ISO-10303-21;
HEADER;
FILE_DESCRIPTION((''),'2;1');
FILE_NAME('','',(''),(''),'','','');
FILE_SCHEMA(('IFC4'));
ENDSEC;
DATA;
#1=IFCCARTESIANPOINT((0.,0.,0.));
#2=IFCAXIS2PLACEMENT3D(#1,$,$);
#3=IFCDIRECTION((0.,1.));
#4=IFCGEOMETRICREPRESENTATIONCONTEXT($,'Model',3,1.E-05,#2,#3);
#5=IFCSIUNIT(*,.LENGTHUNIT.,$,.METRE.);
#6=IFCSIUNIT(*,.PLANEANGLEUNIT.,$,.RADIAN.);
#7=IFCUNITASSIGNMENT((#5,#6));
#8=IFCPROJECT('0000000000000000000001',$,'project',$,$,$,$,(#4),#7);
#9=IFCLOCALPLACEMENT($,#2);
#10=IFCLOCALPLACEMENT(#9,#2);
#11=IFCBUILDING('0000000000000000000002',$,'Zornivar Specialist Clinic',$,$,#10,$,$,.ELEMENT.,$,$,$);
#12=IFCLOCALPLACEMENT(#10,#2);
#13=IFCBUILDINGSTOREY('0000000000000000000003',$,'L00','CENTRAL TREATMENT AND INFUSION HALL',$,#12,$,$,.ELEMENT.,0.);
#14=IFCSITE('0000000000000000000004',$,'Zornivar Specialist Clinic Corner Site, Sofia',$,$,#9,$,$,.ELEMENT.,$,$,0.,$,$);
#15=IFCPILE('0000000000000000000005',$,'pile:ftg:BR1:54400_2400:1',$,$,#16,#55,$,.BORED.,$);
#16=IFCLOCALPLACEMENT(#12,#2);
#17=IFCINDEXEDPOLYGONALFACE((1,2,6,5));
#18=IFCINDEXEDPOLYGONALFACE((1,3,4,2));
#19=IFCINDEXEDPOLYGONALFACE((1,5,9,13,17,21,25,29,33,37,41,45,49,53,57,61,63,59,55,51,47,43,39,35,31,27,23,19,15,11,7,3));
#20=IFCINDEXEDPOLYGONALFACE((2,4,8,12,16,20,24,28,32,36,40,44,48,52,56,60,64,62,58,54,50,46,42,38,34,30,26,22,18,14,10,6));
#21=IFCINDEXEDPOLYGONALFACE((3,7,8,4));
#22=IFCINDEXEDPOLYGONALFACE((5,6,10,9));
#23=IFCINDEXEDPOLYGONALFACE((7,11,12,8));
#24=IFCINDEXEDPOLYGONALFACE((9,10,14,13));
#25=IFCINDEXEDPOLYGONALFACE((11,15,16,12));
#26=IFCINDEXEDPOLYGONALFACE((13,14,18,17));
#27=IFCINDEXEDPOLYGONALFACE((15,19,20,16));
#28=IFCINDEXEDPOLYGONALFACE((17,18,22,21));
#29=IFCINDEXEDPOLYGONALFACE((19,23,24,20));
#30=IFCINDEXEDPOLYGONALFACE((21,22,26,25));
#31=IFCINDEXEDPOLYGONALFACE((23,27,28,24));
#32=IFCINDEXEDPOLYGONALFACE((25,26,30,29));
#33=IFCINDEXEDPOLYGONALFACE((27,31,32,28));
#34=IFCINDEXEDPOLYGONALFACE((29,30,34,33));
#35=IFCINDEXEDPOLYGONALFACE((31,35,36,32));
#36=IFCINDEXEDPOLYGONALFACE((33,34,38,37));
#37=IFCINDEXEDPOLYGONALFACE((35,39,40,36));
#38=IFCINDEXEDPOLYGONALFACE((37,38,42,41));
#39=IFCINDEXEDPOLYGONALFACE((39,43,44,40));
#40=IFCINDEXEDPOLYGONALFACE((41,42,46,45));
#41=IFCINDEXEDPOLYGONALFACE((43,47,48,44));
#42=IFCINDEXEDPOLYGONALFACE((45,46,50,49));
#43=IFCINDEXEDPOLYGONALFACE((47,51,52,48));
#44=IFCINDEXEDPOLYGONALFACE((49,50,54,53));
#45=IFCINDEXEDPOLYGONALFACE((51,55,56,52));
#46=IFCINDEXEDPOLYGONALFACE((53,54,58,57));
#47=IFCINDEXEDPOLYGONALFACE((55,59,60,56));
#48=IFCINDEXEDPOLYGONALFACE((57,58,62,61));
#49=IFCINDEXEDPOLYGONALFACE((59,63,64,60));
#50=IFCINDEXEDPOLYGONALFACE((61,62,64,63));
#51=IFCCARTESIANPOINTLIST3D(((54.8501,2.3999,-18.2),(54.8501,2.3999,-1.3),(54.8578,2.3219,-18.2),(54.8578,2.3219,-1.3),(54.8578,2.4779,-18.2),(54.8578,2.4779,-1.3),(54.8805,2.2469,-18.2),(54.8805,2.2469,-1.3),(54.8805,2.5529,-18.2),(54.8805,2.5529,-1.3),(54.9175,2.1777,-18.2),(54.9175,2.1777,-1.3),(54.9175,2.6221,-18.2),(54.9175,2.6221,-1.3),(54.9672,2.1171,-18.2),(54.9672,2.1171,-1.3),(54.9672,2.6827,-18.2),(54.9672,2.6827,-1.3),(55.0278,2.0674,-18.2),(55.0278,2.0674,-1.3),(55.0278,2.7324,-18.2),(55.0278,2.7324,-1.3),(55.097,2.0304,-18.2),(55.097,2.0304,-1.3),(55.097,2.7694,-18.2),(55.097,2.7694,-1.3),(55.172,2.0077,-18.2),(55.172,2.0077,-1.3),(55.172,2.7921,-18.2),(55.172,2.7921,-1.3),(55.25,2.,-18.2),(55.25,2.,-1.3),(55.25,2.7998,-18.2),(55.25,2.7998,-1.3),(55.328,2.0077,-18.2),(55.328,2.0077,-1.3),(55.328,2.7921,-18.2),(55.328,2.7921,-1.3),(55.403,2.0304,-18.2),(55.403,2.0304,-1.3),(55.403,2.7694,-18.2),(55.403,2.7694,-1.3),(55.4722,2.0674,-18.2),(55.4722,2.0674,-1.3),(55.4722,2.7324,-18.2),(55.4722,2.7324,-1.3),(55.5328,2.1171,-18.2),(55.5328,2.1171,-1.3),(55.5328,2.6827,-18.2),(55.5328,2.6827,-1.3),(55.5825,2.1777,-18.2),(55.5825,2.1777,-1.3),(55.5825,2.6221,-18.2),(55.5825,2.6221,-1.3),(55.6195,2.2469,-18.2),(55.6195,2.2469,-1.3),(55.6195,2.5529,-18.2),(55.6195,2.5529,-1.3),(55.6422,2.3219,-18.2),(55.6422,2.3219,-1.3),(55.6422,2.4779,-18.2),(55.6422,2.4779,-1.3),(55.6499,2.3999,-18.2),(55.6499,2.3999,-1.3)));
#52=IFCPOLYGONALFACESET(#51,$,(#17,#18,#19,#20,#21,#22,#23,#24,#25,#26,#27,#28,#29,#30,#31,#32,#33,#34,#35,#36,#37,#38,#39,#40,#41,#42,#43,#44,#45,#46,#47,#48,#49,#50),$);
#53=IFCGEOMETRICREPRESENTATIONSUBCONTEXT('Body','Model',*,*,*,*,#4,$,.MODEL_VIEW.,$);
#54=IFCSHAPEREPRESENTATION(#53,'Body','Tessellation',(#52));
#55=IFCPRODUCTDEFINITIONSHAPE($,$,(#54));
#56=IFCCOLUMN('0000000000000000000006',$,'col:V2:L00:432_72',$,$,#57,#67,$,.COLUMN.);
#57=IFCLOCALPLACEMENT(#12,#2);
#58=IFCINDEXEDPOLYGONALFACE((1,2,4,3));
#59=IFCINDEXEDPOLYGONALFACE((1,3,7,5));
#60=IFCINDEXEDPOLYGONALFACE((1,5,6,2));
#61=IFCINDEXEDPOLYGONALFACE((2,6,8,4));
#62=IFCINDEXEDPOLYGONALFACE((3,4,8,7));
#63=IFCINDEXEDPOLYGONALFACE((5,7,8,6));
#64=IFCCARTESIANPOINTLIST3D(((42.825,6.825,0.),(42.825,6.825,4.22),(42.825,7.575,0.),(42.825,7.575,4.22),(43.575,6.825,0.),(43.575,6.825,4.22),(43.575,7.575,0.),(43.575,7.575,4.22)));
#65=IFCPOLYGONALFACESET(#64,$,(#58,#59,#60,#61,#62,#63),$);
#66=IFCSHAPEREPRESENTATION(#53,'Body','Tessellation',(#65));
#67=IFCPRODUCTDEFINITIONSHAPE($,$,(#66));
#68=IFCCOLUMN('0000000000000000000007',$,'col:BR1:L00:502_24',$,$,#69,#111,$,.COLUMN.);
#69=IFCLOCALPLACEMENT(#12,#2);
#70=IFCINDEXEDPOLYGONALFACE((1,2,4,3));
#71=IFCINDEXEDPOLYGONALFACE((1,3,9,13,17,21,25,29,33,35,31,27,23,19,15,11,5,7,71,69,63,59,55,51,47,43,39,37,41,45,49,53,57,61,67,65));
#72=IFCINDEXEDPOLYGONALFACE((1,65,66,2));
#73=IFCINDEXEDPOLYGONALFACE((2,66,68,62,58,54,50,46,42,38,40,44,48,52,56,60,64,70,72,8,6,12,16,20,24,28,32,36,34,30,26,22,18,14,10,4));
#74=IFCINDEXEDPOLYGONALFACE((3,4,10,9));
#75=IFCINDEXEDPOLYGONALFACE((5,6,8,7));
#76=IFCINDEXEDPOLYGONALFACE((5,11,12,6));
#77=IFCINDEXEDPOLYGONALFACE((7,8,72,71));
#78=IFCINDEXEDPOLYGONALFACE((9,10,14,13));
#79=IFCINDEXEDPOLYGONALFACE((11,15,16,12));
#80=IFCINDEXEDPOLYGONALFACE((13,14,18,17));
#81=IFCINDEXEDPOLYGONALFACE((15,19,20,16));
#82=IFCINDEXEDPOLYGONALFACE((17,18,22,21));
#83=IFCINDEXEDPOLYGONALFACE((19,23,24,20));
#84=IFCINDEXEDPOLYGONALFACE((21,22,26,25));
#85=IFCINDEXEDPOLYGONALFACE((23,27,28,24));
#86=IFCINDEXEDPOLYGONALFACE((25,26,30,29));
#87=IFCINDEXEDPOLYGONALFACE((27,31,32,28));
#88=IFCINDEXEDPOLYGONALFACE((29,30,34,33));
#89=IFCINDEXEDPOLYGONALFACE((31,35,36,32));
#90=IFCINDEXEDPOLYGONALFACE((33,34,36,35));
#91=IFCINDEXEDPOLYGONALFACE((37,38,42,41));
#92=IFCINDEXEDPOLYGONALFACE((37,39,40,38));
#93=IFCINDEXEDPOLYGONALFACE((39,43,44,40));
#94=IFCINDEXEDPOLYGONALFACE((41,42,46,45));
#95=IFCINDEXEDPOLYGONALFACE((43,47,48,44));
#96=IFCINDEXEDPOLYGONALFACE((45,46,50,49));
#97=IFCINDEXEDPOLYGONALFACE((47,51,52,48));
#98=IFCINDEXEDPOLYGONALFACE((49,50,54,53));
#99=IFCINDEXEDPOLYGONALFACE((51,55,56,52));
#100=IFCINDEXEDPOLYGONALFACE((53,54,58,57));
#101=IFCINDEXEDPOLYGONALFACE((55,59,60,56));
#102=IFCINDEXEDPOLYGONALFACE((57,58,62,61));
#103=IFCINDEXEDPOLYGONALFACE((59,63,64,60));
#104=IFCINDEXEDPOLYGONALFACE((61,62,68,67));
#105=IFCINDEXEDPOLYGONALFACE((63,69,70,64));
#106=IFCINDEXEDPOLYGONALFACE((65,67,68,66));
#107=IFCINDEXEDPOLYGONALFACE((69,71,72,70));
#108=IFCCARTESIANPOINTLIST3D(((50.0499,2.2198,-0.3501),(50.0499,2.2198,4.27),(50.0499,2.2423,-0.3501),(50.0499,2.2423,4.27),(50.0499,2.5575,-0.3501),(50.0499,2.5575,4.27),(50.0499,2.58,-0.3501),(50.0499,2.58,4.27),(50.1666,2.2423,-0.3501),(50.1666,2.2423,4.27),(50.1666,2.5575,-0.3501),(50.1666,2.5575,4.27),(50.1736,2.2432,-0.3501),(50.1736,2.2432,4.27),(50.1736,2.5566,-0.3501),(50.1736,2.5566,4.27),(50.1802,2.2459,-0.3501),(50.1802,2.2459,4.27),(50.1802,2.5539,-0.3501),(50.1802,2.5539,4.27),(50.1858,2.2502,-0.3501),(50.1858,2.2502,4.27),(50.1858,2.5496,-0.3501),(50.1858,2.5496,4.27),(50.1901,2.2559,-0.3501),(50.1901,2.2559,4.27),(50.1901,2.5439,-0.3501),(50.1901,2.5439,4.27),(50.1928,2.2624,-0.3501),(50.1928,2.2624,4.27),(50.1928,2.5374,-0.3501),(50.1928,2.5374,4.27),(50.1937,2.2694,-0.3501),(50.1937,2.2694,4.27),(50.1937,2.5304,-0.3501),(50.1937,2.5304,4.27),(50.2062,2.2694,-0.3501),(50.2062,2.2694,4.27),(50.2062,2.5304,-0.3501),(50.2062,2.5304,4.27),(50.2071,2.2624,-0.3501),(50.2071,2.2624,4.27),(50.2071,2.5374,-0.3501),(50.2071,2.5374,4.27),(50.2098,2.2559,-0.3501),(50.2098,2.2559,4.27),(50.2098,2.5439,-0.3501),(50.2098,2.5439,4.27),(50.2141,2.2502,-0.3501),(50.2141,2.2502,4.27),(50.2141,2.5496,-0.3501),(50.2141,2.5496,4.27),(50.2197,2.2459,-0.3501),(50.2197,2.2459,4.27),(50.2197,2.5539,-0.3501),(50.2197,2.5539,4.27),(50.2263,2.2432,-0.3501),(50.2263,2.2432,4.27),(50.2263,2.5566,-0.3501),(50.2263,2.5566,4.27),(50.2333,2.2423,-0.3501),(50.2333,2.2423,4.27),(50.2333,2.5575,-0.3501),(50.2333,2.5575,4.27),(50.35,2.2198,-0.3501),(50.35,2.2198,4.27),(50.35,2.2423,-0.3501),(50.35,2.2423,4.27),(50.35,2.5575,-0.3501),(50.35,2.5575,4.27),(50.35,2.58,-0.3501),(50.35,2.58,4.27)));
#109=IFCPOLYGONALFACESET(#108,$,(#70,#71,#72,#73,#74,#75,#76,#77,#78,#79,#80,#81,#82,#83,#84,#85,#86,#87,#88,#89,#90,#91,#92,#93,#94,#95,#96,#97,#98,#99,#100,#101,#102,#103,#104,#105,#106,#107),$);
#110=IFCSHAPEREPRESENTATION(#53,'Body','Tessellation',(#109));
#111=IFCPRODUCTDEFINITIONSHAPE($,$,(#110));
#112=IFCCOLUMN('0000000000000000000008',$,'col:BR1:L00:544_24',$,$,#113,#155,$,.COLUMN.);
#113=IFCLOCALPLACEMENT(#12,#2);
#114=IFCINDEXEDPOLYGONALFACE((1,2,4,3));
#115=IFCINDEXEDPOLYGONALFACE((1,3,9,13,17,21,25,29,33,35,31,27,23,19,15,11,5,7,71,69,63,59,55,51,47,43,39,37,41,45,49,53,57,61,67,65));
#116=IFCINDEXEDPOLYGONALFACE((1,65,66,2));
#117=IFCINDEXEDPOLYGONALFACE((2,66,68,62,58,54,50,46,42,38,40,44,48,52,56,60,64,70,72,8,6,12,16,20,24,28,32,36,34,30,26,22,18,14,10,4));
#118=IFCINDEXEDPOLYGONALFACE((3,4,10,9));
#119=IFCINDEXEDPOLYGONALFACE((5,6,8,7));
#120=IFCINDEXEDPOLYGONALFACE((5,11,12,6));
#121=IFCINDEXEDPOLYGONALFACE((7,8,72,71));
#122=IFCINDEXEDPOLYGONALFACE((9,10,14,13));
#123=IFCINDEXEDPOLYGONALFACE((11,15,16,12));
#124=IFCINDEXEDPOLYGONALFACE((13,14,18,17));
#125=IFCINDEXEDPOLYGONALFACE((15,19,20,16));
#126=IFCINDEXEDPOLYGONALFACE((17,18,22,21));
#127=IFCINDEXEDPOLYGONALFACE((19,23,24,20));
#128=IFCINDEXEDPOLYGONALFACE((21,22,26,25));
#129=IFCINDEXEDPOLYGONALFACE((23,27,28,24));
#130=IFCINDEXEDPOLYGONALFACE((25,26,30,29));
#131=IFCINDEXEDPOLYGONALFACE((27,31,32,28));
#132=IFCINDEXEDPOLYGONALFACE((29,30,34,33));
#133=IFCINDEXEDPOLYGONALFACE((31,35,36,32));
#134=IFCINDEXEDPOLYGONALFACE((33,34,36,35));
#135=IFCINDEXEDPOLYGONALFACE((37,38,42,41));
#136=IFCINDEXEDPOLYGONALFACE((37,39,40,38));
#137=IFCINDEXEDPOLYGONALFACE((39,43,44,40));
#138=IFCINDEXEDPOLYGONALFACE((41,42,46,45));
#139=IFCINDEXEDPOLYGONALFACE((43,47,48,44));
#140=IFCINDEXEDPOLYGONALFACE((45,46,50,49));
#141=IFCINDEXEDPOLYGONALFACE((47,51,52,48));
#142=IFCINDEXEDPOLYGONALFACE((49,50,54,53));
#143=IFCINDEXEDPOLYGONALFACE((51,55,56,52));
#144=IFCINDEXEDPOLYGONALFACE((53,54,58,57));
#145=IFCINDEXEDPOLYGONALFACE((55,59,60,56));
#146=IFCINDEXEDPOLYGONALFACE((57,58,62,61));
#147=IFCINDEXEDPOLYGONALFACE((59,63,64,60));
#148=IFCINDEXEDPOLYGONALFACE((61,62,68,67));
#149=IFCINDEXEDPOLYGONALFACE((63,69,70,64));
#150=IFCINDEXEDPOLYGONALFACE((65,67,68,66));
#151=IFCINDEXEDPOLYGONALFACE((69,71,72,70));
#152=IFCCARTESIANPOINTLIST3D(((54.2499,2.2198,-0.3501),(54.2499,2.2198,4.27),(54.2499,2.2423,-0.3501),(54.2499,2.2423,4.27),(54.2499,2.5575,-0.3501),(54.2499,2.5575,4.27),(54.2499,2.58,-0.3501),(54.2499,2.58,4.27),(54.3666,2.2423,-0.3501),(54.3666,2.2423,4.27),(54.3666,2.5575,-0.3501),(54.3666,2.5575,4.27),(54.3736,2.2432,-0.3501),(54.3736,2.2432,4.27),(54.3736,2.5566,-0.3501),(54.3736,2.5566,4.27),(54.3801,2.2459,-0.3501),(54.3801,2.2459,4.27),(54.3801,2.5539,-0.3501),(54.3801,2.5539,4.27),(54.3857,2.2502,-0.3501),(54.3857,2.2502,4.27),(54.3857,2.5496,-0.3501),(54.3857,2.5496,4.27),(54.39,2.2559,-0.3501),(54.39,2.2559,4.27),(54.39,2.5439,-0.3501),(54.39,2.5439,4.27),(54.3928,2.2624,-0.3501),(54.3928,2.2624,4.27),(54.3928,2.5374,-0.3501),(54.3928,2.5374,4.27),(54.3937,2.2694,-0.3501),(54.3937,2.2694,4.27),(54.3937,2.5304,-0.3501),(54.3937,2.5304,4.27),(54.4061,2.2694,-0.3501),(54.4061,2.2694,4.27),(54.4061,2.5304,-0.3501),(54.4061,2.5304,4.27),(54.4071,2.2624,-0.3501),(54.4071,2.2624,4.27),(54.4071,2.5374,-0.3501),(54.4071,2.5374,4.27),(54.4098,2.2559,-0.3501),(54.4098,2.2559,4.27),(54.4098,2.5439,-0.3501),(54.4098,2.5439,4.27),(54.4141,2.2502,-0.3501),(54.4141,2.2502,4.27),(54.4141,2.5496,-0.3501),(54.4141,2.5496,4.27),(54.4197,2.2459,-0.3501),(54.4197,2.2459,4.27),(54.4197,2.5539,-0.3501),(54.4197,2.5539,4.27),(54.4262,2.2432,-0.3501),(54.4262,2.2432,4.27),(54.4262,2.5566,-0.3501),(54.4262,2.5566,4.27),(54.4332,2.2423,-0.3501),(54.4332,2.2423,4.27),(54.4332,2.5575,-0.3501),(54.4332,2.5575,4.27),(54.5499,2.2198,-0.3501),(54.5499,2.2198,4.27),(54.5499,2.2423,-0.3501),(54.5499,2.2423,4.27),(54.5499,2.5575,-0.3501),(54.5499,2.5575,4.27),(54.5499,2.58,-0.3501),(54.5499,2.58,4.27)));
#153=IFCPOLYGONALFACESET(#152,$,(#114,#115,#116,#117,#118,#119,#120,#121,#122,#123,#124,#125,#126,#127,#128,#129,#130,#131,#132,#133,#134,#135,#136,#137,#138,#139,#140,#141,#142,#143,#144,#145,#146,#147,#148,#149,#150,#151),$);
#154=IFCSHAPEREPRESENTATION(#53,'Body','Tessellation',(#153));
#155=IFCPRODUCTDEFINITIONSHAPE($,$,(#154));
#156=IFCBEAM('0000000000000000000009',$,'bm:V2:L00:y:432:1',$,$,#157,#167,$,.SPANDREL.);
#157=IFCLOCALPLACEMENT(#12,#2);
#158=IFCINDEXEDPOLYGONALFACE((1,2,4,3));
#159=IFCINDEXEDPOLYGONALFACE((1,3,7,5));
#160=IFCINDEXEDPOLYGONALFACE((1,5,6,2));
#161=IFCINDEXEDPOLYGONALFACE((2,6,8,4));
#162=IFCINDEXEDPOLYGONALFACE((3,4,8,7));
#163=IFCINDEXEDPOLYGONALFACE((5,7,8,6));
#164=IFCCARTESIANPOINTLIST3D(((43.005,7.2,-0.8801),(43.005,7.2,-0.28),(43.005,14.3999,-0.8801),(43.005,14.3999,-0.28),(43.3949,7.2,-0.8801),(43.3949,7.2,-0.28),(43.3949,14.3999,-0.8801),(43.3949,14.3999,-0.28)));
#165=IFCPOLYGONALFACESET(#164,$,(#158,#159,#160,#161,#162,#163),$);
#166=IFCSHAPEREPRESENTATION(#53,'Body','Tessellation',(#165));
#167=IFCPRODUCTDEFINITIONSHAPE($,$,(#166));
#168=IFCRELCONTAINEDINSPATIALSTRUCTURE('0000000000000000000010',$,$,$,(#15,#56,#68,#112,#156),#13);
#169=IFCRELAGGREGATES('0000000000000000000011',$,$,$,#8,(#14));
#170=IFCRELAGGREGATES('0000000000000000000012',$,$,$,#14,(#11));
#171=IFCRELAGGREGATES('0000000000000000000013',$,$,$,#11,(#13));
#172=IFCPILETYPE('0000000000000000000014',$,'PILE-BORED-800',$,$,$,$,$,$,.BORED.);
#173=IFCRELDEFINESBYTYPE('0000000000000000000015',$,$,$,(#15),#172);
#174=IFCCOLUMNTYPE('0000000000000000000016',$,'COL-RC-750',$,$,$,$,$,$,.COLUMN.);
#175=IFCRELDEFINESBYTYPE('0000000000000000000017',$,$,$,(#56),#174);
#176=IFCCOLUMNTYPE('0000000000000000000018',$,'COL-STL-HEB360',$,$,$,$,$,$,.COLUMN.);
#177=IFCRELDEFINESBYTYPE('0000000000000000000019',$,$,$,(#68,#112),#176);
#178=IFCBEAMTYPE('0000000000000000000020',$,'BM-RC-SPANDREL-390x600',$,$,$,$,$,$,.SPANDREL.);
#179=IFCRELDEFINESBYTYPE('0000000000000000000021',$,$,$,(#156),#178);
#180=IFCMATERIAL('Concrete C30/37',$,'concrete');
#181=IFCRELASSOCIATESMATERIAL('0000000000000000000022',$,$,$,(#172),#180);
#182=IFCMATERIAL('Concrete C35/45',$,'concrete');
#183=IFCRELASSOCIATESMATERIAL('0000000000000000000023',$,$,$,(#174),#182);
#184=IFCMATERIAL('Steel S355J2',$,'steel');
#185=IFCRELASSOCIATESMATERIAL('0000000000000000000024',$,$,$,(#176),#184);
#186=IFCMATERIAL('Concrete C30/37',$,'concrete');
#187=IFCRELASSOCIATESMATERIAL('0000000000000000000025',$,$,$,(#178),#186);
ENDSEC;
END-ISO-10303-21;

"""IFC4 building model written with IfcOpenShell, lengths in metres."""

from ifc_helpers import new_model, si_unit, direction, frame, origin, origin_2d, place, context, subcontext, project, spatial, rectangle, circle, i_section, extrude, material, material_profile, profile_set, type_object, element, save


model = new_model("IFC4")

# Units and contexts
model_context = context("Model", 3, precision=1e-05, world=origin(), true_north=direction((0.0, 1.0)))
body_context = subcontext(model_context, "Body", "Model", "MODEL_VIEW")
ifc_project = project(units=[si_unit("LENGTHUNIT", "METRE"), si_unit("PLANEANGLEUNIT", "RADIAN")], contexts=[model_context])

# Site, building, storey
site_placement = place(None, origin())
site = spatial("IfcSite", under=ifc_project, at=site_placement, Name="Zornivar Specialist Clinic Corner Site, Sofia", CompositionType="ELEMENT", RefElevation=0.0)
building_placement = place(site_placement, origin())
building = spatial("IfcBuilding", under=site, at=building_placement, Name="Zornivar Specialist Clinic", CompositionType="ELEMENT")
storey_placement = place(building_placement, origin())
storey = spatial("IfcBuildingStorey", under=building, at=storey_placement, Name="L00", Description="CENTRAL TREATMENT AND INFUSION HALL", CompositionType="ELEMENT", Elevation=0.0)

# Pile
ifc_material_1 = material(Name="Concrete C30/37", Category="concrete")
ifc_material_profile_1 = material_profile(ifc_material_1, circle(Radius=0.3999, at=origin_2d()), Name="PILE D800")
ifc_profile_set_1 = profile_set([ifc_material_profile_1], Name="Concrete C30/37")
pile_type = type_object("IfcPileType", Name="PILE-BORED-800", PredefinedType="BORED", material=ifc_profile_set_1)
for number, where, z_axis, x_axis, name in (
    (1, (55.25, 2.3999, -1.3), (0.0, 0.0, -1.0), (1.0, 0.0, 0.0), "pile:ftg:BR1:54400_2400:1"),
):
    element("IfcPile", number, at=place(storey_placement, frame(where, z_axis=z_axis, x_axis=x_axis)), inside=storey, type_object=pile_type, Name=name, PredefinedType="BORED", context=body_context, shape_type="SweptSolid", body=[
        extrude(circle(Radius=0.3999, at=origin_2d()), origin(), (0.0, 0.0, 1.0), 16.8999),
    ])

# Columns
ifc_material_2 = material(Name="Concrete C35/45", Category="concrete")
ifc_material_profile_2 = material_profile(ifc_material_2, rectangle(XDim=0.75, YDim=0.75, at=origin_2d()), Name="RC 750x750")
ifc_profile_set_2 = profile_set([ifc_material_profile_2], Name="Concrete C35/45")
column_type_1 = type_object("IfcColumnType", Name="COL-RC-750", PredefinedType="COLUMN", material=ifc_profile_set_2)
column_placement = place(storey_placement, frame((43.2, 7.2, 0.0), z_axis=(0.0, 0.0, 1.0), x_axis=(1.0, 0.0, 0.0)))
element("IfcColumn", 2, at=column_placement, inside=storey, type_object=column_type_1, Name="col:V2:L00:432_72", PredefinedType="COLUMN", context=body_context, shape_type="SweptSolid", body=[
    extrude(rectangle(XDim=0.75, YDim=0.75, at=origin_2d()), origin(), (0.0, 0.0, 1.0), 4.22),
])
ifc_material_3 = material(Name="Steel S355J2", Category="steel")
ifc_material_profile_3 = material_profile(ifc_material_3, i_section(OverallWidth=0.3, OverallDepth=0.3601, WebThickness=0.0125, FlangeThickness=0.0225, FilletRadius=0.0271, at=origin_2d()), Name="HEB 360")
ifc_profile_set_3 = profile_set([ifc_material_profile_3], Name="Steel S355J2")
column_type_2 = type_object("IfcColumnType", Name="COL-STL-HEB360", PredefinedType="COLUMN", material=ifc_profile_set_3)
for number, where, z_axis, x_axis, name in (
    (3, (50.2, 2.3999, -0.3501), (0.0, 0.0, 1.0), (1.0, 0.0, 0.0), "col:BR1:L00:502_24"),
    (4, (54.3999, 2.3999, -0.3501), (0.0, 0.0, 1.0), (1.0, 0.0, 0.0), "col:BR1:L00:544_24"),
):
    element("IfcColumn", number, at=place(storey_placement, frame(where, z_axis=z_axis, x_axis=x_axis)), inside=storey, type_object=column_type_2, Name=name, PredefinedType="COLUMN", context=body_context, shape_type="SweptSolid", body=[
        extrude(i_section(OverallWidth=0.3, OverallDepth=0.3601, WebThickness=0.0125, FlangeThickness=0.0225, FilletRadius=0.0271, at=origin_2d()), origin(), (0.0, 0.0, 1.0), 4.6201),
    ])

# Beam
ifc_material_4 = material(Name="Concrete C30/37", Category="concrete")
ifc_material_profile_4 = material_profile(ifc_material_4, rectangle(XDim=0.3899, YDim=0.6001, at=origin_2d()), Name="RC 390x600")
ifc_profile_set_4 = profile_set([ifc_material_profile_4], Name="Concrete C30/37")
beam_type = type_object("IfcBeamType", Name="BM-RC-SPANDREL-390x600", PredefinedType="SPANDREL", material=ifc_profile_set_4)
beam_placement = place(storey_placement, frame((43.2, 7.2, -0.5801), z_axis=(0.0, 1.0, 0.0), x_axis=(-1.0, 0.0, 0.0)))
element("IfcBeam", 5, at=beam_placement, inside=storey, type_object=beam_type, Name="bm:V2:L00:y:432:1", PredefinedType="SPANDREL", context=body_context, shape_type="SweptSolid", body=[
    extrude(rectangle(XDim=0.3899, YDim=0.6001, at=origin_2d()), origin(), (0.0, 0.0, 1.0), 7.2),
])

save(model, "model.ifc")
